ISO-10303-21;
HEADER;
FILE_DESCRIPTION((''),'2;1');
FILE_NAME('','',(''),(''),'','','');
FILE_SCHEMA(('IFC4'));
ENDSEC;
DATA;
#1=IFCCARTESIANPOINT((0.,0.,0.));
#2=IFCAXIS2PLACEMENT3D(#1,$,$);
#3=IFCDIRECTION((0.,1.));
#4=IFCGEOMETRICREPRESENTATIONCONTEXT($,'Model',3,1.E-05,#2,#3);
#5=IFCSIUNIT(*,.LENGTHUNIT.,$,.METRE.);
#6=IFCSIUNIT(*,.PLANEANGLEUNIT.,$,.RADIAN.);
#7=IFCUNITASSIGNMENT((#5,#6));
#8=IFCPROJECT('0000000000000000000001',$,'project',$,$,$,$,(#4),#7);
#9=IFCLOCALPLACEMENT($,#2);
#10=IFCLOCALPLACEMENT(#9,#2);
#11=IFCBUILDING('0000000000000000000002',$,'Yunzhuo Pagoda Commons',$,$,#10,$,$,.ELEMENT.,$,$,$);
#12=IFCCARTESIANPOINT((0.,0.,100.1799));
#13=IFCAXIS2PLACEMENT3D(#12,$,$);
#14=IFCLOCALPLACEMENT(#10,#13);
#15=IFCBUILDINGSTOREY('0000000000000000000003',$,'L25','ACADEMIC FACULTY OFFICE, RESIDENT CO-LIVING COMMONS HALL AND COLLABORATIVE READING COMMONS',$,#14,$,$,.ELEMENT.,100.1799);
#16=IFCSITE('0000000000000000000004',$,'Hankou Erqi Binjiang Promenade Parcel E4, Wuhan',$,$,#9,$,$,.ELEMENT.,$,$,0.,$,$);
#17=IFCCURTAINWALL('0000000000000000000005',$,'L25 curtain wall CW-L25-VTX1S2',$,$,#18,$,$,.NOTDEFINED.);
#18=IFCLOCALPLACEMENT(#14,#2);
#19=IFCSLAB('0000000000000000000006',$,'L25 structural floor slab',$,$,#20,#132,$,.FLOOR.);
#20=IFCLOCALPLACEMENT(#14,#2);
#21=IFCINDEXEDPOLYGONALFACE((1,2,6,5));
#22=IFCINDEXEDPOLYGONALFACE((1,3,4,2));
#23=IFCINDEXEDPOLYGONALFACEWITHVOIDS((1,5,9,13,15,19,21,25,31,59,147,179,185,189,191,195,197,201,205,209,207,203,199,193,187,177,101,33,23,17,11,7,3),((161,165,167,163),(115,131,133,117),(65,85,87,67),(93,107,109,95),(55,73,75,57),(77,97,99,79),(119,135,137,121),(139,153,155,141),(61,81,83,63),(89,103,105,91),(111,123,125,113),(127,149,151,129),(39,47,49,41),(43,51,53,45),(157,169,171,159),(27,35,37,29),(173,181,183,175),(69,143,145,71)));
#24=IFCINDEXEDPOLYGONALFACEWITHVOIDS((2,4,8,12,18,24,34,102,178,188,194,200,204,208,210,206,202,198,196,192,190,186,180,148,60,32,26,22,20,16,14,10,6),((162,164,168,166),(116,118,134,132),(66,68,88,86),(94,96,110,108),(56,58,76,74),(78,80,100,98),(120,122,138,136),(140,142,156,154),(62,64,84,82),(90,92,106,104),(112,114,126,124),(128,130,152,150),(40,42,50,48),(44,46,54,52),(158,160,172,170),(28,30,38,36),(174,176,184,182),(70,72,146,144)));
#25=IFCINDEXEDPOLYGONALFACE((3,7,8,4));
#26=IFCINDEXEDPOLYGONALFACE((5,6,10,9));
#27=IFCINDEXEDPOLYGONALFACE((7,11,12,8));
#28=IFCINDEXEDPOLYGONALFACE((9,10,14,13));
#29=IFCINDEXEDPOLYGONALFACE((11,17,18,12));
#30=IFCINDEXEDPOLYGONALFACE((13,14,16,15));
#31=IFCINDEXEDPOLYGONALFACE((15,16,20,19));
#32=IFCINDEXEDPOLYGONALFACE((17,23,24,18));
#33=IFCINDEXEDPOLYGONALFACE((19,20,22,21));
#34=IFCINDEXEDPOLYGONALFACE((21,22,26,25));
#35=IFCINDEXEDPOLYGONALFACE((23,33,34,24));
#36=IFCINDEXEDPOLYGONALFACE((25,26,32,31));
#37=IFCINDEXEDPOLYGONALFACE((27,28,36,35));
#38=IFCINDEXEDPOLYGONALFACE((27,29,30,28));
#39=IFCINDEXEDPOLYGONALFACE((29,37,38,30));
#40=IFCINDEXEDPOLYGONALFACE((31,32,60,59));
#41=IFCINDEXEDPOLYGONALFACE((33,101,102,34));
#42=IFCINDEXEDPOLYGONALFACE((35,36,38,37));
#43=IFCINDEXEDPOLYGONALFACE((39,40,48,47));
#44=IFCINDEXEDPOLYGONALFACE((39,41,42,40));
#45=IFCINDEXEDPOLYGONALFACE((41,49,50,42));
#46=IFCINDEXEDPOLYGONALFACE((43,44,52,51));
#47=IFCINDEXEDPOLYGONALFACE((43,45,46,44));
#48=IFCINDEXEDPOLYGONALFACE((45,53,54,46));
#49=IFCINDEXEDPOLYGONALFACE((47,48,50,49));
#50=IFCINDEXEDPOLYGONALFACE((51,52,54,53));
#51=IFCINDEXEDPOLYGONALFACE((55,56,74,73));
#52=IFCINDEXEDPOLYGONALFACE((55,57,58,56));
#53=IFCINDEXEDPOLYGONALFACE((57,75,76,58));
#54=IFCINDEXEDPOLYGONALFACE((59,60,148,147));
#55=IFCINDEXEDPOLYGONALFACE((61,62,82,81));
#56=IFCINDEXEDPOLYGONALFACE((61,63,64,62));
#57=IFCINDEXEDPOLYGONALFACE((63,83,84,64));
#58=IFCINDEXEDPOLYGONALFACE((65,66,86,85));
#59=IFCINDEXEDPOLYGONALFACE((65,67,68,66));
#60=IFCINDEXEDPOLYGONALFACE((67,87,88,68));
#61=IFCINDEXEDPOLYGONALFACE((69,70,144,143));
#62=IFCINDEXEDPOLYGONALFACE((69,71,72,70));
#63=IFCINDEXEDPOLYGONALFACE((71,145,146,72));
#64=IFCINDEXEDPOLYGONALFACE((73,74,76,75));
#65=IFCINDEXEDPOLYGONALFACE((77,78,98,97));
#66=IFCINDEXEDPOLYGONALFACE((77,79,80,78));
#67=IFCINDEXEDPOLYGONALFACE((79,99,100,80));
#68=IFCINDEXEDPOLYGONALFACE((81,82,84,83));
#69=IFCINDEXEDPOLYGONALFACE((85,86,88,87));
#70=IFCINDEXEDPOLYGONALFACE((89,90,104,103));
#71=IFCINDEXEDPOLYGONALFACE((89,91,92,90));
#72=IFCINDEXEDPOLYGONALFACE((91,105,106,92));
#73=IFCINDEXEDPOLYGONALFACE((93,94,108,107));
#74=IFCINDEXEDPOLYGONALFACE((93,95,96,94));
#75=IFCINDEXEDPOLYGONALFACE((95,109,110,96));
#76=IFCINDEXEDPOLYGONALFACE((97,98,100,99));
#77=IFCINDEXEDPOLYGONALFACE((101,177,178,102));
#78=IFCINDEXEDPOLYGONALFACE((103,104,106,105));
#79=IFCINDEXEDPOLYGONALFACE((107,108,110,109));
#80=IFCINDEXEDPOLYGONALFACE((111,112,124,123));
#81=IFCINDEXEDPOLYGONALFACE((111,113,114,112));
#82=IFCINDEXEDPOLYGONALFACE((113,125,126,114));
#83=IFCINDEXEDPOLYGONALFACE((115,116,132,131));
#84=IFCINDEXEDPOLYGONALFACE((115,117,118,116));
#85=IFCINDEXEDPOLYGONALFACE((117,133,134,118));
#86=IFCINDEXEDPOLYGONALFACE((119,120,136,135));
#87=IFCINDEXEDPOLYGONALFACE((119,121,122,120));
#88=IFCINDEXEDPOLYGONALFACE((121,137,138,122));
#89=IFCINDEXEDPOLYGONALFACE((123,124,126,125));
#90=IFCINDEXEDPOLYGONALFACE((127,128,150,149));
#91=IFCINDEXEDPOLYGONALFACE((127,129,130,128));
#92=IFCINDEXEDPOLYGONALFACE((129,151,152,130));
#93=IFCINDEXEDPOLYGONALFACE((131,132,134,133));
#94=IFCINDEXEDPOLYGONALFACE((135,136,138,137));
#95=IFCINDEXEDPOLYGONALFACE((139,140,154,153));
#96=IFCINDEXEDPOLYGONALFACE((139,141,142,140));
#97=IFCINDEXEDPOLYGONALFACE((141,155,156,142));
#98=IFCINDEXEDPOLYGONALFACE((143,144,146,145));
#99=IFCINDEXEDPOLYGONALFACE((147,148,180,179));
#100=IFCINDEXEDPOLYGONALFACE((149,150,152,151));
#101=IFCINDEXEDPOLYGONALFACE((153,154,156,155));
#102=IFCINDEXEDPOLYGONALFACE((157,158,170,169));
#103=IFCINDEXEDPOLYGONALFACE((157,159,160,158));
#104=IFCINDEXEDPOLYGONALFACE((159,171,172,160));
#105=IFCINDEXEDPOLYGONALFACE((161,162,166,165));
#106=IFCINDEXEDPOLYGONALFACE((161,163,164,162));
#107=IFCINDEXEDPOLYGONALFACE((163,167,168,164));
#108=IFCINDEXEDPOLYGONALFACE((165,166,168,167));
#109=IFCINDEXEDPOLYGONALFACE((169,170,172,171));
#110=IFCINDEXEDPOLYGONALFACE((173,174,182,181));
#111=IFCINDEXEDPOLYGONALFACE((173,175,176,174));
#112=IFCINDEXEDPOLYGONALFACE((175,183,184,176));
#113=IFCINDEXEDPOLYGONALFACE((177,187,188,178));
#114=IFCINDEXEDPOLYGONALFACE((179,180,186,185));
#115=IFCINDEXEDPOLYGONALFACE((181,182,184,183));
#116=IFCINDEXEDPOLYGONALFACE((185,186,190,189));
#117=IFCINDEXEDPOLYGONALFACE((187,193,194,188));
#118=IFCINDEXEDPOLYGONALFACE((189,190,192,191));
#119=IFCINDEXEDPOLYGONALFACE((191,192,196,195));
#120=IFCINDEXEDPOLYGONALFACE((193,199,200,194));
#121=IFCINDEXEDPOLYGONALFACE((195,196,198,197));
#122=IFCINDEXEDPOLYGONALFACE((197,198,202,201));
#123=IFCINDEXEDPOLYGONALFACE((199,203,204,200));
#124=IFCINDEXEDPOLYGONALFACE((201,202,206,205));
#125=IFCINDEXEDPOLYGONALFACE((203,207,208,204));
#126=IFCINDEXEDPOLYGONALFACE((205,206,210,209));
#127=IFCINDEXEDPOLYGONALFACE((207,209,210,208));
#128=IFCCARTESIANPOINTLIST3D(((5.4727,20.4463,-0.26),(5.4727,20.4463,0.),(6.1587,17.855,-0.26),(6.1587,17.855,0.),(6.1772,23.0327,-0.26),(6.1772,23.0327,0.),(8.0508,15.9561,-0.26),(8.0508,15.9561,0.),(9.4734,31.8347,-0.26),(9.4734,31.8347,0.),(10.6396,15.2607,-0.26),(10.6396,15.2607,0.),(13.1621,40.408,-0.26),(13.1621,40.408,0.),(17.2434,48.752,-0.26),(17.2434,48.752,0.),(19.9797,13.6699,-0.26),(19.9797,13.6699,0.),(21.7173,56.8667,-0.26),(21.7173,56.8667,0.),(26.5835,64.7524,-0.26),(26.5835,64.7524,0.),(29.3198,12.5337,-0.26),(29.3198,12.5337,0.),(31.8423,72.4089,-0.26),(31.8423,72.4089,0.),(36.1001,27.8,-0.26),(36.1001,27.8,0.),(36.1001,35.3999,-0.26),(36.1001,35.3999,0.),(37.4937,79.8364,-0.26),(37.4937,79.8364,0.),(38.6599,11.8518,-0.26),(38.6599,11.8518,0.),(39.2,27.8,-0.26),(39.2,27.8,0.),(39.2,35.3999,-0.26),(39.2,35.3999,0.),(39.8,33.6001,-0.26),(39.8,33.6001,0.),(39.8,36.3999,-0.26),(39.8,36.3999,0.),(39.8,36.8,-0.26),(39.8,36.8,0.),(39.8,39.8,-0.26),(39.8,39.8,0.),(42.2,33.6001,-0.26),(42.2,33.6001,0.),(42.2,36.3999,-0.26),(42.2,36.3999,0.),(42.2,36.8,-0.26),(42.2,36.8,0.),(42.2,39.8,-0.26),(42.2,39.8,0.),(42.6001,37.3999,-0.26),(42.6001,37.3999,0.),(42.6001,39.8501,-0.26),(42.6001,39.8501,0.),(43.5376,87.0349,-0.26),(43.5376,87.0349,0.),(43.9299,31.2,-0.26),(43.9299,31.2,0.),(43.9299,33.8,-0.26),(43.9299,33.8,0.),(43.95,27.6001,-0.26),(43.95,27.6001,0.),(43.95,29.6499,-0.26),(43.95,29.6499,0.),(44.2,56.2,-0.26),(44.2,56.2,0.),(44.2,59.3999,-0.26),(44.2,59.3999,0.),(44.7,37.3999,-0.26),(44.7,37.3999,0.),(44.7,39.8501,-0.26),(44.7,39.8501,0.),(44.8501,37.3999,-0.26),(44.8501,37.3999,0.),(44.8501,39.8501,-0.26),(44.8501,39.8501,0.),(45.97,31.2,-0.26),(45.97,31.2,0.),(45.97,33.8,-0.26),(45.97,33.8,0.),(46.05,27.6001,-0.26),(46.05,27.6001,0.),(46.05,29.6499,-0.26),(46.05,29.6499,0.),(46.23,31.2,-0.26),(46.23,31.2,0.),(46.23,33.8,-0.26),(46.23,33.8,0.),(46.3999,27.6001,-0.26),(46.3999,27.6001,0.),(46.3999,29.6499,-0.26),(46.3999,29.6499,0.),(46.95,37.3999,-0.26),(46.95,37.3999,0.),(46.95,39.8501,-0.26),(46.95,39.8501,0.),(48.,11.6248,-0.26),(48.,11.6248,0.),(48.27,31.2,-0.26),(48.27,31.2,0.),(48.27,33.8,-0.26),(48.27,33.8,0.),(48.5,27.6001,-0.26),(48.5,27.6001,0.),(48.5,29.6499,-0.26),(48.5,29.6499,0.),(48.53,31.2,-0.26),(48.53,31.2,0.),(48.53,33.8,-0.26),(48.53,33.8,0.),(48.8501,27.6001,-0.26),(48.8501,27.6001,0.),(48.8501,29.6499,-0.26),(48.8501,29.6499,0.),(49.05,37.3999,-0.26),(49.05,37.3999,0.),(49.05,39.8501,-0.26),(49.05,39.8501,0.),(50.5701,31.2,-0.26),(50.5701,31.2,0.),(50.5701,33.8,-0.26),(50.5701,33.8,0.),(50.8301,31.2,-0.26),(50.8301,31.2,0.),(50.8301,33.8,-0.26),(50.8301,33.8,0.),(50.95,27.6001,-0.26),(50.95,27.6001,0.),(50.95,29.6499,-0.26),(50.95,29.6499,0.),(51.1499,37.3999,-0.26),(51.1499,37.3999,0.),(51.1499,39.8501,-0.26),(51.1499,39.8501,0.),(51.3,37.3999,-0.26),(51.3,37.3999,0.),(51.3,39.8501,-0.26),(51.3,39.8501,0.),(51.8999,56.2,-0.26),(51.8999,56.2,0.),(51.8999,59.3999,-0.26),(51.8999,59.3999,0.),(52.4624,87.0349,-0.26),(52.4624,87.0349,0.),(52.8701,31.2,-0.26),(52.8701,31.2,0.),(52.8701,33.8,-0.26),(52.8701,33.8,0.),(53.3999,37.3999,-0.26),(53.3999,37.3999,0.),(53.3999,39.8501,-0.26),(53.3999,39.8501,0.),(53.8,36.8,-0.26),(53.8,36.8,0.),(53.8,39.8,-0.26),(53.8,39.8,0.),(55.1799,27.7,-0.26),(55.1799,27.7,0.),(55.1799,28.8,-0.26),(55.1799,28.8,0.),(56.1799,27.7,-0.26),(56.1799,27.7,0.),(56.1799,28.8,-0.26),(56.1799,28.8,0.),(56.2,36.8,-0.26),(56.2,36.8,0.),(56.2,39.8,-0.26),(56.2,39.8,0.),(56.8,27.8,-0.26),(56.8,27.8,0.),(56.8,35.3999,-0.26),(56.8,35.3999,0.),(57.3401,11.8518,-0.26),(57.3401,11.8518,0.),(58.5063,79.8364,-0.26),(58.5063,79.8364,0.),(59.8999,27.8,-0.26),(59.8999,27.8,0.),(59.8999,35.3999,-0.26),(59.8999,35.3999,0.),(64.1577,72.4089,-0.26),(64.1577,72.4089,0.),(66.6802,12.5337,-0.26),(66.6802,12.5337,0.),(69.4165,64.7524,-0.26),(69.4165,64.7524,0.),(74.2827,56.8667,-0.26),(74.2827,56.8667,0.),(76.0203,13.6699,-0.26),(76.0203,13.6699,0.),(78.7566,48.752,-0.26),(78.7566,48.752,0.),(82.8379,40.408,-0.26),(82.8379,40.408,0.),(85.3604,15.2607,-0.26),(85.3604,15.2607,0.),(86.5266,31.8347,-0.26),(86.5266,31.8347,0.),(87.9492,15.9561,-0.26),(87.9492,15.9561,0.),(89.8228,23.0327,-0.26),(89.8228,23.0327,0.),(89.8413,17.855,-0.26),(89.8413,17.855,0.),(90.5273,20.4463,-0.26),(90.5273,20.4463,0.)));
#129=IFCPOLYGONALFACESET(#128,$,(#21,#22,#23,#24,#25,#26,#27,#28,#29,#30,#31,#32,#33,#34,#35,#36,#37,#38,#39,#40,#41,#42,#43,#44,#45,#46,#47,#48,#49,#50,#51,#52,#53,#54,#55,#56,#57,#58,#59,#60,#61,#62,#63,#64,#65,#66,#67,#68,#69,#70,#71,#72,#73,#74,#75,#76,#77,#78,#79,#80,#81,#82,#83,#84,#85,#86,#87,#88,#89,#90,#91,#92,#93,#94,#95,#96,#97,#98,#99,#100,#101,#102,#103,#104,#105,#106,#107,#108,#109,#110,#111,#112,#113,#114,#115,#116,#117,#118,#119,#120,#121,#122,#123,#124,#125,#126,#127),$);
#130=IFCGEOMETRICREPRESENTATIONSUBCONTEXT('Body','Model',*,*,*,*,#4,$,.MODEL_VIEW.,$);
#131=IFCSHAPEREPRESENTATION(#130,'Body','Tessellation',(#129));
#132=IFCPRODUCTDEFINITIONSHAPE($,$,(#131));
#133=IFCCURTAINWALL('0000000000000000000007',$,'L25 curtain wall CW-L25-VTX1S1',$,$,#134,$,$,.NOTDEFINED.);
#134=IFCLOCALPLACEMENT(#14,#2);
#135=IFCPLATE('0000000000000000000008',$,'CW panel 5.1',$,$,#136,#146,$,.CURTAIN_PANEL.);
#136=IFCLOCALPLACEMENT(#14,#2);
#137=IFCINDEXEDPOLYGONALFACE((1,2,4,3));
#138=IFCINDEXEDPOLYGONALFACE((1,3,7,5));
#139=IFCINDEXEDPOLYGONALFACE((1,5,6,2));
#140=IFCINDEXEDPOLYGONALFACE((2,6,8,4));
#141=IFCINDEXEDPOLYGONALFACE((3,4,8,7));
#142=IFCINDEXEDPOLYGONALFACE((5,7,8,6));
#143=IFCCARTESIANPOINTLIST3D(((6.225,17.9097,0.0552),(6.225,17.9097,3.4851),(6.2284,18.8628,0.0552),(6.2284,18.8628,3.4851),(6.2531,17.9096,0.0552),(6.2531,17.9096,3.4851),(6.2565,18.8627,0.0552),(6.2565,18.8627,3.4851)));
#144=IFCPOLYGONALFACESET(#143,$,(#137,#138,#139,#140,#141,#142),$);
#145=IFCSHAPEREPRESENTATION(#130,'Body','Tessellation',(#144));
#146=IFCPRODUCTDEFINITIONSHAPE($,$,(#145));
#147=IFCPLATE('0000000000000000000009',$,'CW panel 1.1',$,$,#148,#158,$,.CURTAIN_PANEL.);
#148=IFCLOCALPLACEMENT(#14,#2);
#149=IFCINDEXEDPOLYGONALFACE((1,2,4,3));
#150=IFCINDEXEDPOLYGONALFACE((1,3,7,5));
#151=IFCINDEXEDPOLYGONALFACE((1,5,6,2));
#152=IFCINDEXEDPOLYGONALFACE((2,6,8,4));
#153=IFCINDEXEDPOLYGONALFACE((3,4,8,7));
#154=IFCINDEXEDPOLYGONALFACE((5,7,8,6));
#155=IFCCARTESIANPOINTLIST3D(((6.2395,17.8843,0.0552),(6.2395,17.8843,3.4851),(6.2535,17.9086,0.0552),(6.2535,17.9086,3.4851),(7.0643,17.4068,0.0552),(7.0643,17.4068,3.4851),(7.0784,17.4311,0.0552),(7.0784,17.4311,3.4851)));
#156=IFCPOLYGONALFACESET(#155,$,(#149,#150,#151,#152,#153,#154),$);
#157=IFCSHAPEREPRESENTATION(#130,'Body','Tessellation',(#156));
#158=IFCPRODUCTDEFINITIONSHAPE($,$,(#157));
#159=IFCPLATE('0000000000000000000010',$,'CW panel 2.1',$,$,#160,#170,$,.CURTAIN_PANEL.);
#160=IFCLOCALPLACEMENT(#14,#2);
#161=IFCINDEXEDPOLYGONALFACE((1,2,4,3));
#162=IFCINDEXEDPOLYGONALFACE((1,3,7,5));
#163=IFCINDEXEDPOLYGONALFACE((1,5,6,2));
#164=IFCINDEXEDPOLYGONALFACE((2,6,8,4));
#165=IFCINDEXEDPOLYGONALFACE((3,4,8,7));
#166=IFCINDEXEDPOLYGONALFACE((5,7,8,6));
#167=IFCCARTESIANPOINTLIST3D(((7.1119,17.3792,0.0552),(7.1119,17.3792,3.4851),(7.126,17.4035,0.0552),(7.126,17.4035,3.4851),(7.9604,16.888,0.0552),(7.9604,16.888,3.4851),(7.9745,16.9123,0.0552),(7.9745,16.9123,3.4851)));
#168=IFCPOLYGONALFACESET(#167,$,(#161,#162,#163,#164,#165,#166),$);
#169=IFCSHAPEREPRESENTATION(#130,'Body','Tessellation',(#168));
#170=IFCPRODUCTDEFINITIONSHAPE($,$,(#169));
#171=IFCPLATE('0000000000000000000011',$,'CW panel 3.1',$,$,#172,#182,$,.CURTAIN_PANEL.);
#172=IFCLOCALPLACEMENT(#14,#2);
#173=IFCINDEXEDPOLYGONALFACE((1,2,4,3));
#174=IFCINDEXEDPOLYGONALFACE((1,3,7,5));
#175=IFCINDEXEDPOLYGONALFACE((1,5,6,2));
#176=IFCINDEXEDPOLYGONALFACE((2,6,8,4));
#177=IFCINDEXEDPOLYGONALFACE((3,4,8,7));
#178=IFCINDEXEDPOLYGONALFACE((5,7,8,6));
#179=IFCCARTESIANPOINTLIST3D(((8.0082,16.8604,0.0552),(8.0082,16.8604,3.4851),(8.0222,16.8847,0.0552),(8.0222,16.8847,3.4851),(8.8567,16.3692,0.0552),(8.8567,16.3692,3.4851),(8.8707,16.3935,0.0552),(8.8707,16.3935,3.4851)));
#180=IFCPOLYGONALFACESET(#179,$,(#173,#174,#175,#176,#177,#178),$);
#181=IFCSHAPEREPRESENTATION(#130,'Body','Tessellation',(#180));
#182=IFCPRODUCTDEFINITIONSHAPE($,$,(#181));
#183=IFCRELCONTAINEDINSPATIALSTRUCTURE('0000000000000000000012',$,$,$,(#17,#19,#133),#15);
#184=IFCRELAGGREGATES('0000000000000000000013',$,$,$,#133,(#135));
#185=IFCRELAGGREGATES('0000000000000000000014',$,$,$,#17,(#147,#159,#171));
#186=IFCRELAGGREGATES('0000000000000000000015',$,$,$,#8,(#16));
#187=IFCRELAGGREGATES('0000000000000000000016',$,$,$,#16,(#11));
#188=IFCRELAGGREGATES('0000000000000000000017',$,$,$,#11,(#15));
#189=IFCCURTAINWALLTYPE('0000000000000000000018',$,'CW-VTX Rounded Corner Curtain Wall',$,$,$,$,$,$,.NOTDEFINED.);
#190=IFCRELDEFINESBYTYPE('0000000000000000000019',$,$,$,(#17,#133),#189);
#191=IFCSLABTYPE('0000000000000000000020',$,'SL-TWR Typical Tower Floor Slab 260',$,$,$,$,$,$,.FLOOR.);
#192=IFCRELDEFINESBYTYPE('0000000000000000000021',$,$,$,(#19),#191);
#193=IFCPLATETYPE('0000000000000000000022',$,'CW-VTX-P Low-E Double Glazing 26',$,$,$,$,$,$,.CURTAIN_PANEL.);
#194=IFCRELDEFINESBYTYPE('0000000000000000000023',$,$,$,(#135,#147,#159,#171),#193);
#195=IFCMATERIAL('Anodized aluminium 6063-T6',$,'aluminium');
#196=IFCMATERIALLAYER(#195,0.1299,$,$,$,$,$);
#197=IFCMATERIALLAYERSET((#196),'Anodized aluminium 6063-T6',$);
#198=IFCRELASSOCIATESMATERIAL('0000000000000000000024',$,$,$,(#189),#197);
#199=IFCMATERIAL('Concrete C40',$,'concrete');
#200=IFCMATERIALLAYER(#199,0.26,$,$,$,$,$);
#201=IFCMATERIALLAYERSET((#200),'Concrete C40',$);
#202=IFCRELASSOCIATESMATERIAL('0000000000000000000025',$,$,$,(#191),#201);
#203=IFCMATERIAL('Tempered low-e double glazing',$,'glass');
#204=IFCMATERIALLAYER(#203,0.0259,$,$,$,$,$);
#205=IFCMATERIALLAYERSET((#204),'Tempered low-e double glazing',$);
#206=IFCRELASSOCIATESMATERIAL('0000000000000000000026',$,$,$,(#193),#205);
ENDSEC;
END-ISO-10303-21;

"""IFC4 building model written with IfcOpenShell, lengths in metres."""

from ifc_helpers import new_model, si_unit, direction, frame, origin, origin_2d, place, context, subcontext, project, spatial, polyline, rectangle, outline, extrude, source, transform, mapped, material, layer, layer_set, type_object, element, aggregate, save


model = new_model("IFC4")

# Units and contexts
model_context = context("Model", 3, precision=1e-05, world=origin(), true_north=direction((0.0, 1.0)))
body_context = subcontext(model_context, "Body", "Model", "MODEL_VIEW")
ifc_project = project(units=[si_unit("LENGTHUNIT", "METRE"), si_unit("PLANEANGLEUNIT", "RADIAN")], contexts=[model_context])

# Site, building, storey
site_placement = place(None, origin())
site = spatial("IfcSite", under=ifc_project, at=site_placement, Name="Hankou Erqi Binjiang Promenade Parcel E4, Wuhan", CompositionType="ELEMENT", RefElevation=0.0)
building_placement = place(site_placement, origin())
building = spatial("IfcBuilding", under=site, at=building_placement, Name="Yunzhuo Pagoda Commons", CompositionType="ELEMENT")
storey_placement = place(building_placement, frame((0.0, 0.0, 100.1799)))
storey = spatial("IfcBuildingStorey", under=building, at=storey_placement, Name="L25", Description="ACADEMIC FACULTY OFFICE, RESIDENT CO-LIVING COMMONS HALL AND COLLABORATIVE READING COMMONS", CompositionType="ELEMENT", Elevation=100.1799)

# Curtain wall
ifc_material_1 = material(Name="Anodized aluminium 6063-T6", Category="aluminium")
ifc_layer_1 = layer(ifc_material_1, 0.1299)
ifc_layer_set_1 = layer_set([ifc_layer_1], Name="Anodized aluminium 6063-T6")
curtain_wall_type = type_object("IfcCurtainWallType", Name="CW-VTX Rounded Corner Curtain Wall", PredefinedType="NOTDEFINED", material=ifc_layer_set_1)
curtain_wall_1_placement = place(storey_placement, origin())
curtain_wall_1 = element("IfcCurtainWall", 1, at=curtain_wall_1_placement, inside=storey, type_object=curtain_wall_type, Name="L25 curtain wall CW-L25-VTX1S2", PredefinedType="NOTDEFINED")

# Shared definitions
ifc_material_2 = material(Name="Concrete C40", Category="concrete")

# Slab
ifc_layer_2 = layer(ifc_material_2, 0.26)
ifc_layer_set_2 = layer_set([ifc_layer_2], Name="Concrete C40")
slab_type_1 = type_object("IfcSlabType", Name="SL-TWR Typical Tower Floor Slab 260", PredefinedType="FLOOR", material=ifc_layer_set_2)
slab_1_placement = place(storey_placement, frame((0.0, 0.0, -0.26)))
element("IfcSlab", 2, at=slab_1_placement, inside=storey, type_object=slab_type_1, Name="L25 structural floor slab", PredefinedType="FLOOR", context=body_context, shape_type="SweptSolid", body=[
    extrude(outline(polyline([(9.4734, 31.8347), (13.1621, 40.408), (17.2434, 48.752), (21.7173, 56.8667), (26.5835, 64.7524), (31.8423, 72.4089), (37.4937, 79.8364), (43.5376, 87.0349), (52.4624, 87.0349), (58.5063, 79.8364), (64.1577, 72.4089), (69.4165, 64.7524), (74.2827, 56.8667), (78.7566, 48.752), (82.8379, 40.408), (86.5266, 31.8347), (89.8228, 23.0327), (90.5273, 20.4463), (89.8413, 17.855), (87.9492, 15.9561), (85.3604, 15.2607), (76.0203, 13.6699), (66.6802, 12.5337), (57.3401, 11.8518), (48.0, 11.6248), (38.6599, 11.8518), (29.3198, 12.5337), (19.9797, 13.6699), (10.6396, 15.2607), (8.0508, 15.9561), (6.1587, 17.855), (5.4727, 20.4463), (6.1772, 23.0327), (9.4734, 31.8347)]), holes=[polyline([(46.05, 27.6001), (46.05, 29.6499), (43.95, 29.6499), (43.95, 27.6001), (46.05, 27.6001)]), polyline([(48.5, 27.6001), (48.5, 29.6499), (46.3999, 29.6499), (46.3999, 27.6001), (48.5, 27.6001)]), polyline([(36.1001, 27.8), (39.2, 27.8), (39.2, 35.3999), (36.1001, 35.3999), (36.1001, 27.8)]), polyline([(45.97, 31.2), (45.97, 33.8), (43.9299, 33.8), (43.9299, 31.2), (45.97, 31.2)]), polyline([(48.27, 31.2), (48.27, 33.8), (46.23, 33.8), (46.23, 31.2), (48.27, 31.2)]), polyline([(42.2, 33.6001), (42.2, 36.3999), (39.8, 36.3999), (39.8, 33.6001), (42.2, 33.6001)]), polyline([(42.2, 36.8), (42.2, 39.8), (39.8, 39.8), (39.8, 36.8), (42.2, 36.8)]), polyline([(42.6001, 37.3999), (44.7, 37.3999), (44.7, 39.8501), (42.6001, 39.8501), (42.6001, 37.3999)]), polyline([(44.8501, 37.3999), (46.95, 37.3999), (46.95, 39.8501), (44.8501, 39.8501), (44.8501, 37.3999)]), polyline([(56.1799, 27.7), (56.1799, 28.8), (55.1799, 28.8), (55.1799, 27.7), (56.1799, 27.7)]), polyline([(50.95, 27.6001), (50.95, 29.6499), (48.8501, 29.6499), (48.8501, 27.6001), (50.95, 27.6001)]), polyline([(56.8, 27.8), (59.8999, 27.8), (59.8999, 35.3999), (56.8, 35.3999), (56.8, 27.8)]), polyline([(50.5701, 31.2), (50.5701, 33.8), (48.53, 33.8), (48.53, 31.2), (50.5701, 31.2)]), polyline([(52.8701, 31.2), (52.8701, 33.8), (50.8301, 33.8), (50.8301, 31.2), (52.8701, 31.2)]), polyline([(56.2, 36.8), (56.2, 39.8), (53.8, 39.8), (53.8, 36.8), (56.2, 36.8)]), polyline([(51.1499, 37.3999), (51.1499, 39.8501), (49.05, 39.8501), (49.05, 37.3999), (51.1499, 37.3999)]), polyline([(51.3, 37.3999), (53.3999, 37.3999), (53.3999, 39.8501), (51.3, 39.8501), (51.3, 37.3999)]), polyline([(44.2, 56.2), (51.8999, 56.2), (51.8999, 59.3999), (44.2, 59.3999), (44.2, 56.2)])]), origin(), (0.0, 0.0, 1.0), 0.26),
])

# Curtain wall, plate
curtain_wall_2_placement = place(storey_placement, origin())
curtain_wall_2 = element("IfcCurtainWall", 3, at=curtain_wall_2_placement, inside=storey, type_object=curtain_wall_type, Name="L25 curtain wall CW-L25-VTX1S1", PredefinedType="NOTDEFINED")
ifc_material_3 = material(Name="Tempered low-e double glazing", Category="glass")
ifc_layer_3 = layer(ifc_material_3, 0.0259)
ifc_layer_set_3 = layer_set([ifc_layer_3], Name="Tempered low-e double glazing")
plate_type = type_object("IfcPlateType", Name="CW-VTX-P Low-E Double Glazing 26", PredefinedType="CURTAIN_PANEL", material=ifc_layer_set_3)
shared_shape_1 = source(origin(), body_context, "Body", "SweptSolid", [
    extrude(rectangle(XDim=0.9531, YDim=0.0281, at=origin_2d()), origin(), (0.0, 0.0, 1.0), 3.4299),
])
plate_1_placement = place(storey_placement, frame((6.2407, 18.3862, 0.0552), z_axis=(0.0, 0.0, 1.0), x_axis=(-0.003573, -0.999994, 0.0)))
plate_1 = element("IfcPlate", 4, at=plate_1_placement, type_object=plate_type, Name="CW panel 5.1", PredefinedType="CURTAIN_PANEL", context=body_context, shape_type="MappedRepresentation", body=[
    mapped(shared_shape_1, transform((0.0, 0.0, 0.0), scale=1.0)),
])
aggregate(curtain_wall_2, [plate_1])

# Plates
plate_2_placement = place(storey_placement, frame((6.6589, 17.6577, 0.0552), z_axis=(0.0, 0.0, 1.0), x_axis=(0.865427, -0.501036, 0.0)))
plate_2 = element("IfcPlate", 5, at=plate_2_placement, type_object=plate_type, Name="CW panel 1.1", PredefinedType="CURTAIN_PANEL", context=body_context, shape_type="MappedRepresentation", body=[
    mapped(shared_shape_1, transform((0.0, 0.0, 0.0), scale=1.0)),
])
shared_shape_2 = source(origin(), body_context, "Body", "SweptSolid", [
    extrude(rectangle(XDim=0.9805, YDim=0.0281, at=origin_2d()), origin(), (0.0, 0.0, 1.0), 3.4299),
])
plate_3_placement = place(storey_placement, frame((7.5432, 17.1458, 0.0552), z_axis=(0.0, 0.0, 1.0), x_axis=(0.865427, -0.501036, 0.0)))
plate_3 = element("IfcPlate", 6, at=plate_3_placement, type_object=plate_type, Name="CW panel 2.1", PredefinedType="CURTAIN_PANEL", context=body_context, shape_type="MappedRepresentation", body=[
    mapped(shared_shape_2, transform((0.0, 0.0, 0.0), scale=1.0)),
])
plate_4_placement = place(storey_placement, frame((8.4395, 16.627, 0.0552), z_axis=(0.0, 0.0, 1.0), x_axis=(0.865427, -0.501036, 0.0)))
plate_4 = element("IfcPlate", 7, at=plate_4_placement, type_object=plate_type, Name="CW panel 3.1", PredefinedType="CURTAIN_PANEL", context=body_context, shape_type="MappedRepresentation", body=[
    mapped(shared_shape_2, transform((0.0, 0.0, 0.0), scale=1.0)),
])
aggregate(curtain_wall_1, [plate_2, plate_3, plate_4])

save(model, "model.ifc")
